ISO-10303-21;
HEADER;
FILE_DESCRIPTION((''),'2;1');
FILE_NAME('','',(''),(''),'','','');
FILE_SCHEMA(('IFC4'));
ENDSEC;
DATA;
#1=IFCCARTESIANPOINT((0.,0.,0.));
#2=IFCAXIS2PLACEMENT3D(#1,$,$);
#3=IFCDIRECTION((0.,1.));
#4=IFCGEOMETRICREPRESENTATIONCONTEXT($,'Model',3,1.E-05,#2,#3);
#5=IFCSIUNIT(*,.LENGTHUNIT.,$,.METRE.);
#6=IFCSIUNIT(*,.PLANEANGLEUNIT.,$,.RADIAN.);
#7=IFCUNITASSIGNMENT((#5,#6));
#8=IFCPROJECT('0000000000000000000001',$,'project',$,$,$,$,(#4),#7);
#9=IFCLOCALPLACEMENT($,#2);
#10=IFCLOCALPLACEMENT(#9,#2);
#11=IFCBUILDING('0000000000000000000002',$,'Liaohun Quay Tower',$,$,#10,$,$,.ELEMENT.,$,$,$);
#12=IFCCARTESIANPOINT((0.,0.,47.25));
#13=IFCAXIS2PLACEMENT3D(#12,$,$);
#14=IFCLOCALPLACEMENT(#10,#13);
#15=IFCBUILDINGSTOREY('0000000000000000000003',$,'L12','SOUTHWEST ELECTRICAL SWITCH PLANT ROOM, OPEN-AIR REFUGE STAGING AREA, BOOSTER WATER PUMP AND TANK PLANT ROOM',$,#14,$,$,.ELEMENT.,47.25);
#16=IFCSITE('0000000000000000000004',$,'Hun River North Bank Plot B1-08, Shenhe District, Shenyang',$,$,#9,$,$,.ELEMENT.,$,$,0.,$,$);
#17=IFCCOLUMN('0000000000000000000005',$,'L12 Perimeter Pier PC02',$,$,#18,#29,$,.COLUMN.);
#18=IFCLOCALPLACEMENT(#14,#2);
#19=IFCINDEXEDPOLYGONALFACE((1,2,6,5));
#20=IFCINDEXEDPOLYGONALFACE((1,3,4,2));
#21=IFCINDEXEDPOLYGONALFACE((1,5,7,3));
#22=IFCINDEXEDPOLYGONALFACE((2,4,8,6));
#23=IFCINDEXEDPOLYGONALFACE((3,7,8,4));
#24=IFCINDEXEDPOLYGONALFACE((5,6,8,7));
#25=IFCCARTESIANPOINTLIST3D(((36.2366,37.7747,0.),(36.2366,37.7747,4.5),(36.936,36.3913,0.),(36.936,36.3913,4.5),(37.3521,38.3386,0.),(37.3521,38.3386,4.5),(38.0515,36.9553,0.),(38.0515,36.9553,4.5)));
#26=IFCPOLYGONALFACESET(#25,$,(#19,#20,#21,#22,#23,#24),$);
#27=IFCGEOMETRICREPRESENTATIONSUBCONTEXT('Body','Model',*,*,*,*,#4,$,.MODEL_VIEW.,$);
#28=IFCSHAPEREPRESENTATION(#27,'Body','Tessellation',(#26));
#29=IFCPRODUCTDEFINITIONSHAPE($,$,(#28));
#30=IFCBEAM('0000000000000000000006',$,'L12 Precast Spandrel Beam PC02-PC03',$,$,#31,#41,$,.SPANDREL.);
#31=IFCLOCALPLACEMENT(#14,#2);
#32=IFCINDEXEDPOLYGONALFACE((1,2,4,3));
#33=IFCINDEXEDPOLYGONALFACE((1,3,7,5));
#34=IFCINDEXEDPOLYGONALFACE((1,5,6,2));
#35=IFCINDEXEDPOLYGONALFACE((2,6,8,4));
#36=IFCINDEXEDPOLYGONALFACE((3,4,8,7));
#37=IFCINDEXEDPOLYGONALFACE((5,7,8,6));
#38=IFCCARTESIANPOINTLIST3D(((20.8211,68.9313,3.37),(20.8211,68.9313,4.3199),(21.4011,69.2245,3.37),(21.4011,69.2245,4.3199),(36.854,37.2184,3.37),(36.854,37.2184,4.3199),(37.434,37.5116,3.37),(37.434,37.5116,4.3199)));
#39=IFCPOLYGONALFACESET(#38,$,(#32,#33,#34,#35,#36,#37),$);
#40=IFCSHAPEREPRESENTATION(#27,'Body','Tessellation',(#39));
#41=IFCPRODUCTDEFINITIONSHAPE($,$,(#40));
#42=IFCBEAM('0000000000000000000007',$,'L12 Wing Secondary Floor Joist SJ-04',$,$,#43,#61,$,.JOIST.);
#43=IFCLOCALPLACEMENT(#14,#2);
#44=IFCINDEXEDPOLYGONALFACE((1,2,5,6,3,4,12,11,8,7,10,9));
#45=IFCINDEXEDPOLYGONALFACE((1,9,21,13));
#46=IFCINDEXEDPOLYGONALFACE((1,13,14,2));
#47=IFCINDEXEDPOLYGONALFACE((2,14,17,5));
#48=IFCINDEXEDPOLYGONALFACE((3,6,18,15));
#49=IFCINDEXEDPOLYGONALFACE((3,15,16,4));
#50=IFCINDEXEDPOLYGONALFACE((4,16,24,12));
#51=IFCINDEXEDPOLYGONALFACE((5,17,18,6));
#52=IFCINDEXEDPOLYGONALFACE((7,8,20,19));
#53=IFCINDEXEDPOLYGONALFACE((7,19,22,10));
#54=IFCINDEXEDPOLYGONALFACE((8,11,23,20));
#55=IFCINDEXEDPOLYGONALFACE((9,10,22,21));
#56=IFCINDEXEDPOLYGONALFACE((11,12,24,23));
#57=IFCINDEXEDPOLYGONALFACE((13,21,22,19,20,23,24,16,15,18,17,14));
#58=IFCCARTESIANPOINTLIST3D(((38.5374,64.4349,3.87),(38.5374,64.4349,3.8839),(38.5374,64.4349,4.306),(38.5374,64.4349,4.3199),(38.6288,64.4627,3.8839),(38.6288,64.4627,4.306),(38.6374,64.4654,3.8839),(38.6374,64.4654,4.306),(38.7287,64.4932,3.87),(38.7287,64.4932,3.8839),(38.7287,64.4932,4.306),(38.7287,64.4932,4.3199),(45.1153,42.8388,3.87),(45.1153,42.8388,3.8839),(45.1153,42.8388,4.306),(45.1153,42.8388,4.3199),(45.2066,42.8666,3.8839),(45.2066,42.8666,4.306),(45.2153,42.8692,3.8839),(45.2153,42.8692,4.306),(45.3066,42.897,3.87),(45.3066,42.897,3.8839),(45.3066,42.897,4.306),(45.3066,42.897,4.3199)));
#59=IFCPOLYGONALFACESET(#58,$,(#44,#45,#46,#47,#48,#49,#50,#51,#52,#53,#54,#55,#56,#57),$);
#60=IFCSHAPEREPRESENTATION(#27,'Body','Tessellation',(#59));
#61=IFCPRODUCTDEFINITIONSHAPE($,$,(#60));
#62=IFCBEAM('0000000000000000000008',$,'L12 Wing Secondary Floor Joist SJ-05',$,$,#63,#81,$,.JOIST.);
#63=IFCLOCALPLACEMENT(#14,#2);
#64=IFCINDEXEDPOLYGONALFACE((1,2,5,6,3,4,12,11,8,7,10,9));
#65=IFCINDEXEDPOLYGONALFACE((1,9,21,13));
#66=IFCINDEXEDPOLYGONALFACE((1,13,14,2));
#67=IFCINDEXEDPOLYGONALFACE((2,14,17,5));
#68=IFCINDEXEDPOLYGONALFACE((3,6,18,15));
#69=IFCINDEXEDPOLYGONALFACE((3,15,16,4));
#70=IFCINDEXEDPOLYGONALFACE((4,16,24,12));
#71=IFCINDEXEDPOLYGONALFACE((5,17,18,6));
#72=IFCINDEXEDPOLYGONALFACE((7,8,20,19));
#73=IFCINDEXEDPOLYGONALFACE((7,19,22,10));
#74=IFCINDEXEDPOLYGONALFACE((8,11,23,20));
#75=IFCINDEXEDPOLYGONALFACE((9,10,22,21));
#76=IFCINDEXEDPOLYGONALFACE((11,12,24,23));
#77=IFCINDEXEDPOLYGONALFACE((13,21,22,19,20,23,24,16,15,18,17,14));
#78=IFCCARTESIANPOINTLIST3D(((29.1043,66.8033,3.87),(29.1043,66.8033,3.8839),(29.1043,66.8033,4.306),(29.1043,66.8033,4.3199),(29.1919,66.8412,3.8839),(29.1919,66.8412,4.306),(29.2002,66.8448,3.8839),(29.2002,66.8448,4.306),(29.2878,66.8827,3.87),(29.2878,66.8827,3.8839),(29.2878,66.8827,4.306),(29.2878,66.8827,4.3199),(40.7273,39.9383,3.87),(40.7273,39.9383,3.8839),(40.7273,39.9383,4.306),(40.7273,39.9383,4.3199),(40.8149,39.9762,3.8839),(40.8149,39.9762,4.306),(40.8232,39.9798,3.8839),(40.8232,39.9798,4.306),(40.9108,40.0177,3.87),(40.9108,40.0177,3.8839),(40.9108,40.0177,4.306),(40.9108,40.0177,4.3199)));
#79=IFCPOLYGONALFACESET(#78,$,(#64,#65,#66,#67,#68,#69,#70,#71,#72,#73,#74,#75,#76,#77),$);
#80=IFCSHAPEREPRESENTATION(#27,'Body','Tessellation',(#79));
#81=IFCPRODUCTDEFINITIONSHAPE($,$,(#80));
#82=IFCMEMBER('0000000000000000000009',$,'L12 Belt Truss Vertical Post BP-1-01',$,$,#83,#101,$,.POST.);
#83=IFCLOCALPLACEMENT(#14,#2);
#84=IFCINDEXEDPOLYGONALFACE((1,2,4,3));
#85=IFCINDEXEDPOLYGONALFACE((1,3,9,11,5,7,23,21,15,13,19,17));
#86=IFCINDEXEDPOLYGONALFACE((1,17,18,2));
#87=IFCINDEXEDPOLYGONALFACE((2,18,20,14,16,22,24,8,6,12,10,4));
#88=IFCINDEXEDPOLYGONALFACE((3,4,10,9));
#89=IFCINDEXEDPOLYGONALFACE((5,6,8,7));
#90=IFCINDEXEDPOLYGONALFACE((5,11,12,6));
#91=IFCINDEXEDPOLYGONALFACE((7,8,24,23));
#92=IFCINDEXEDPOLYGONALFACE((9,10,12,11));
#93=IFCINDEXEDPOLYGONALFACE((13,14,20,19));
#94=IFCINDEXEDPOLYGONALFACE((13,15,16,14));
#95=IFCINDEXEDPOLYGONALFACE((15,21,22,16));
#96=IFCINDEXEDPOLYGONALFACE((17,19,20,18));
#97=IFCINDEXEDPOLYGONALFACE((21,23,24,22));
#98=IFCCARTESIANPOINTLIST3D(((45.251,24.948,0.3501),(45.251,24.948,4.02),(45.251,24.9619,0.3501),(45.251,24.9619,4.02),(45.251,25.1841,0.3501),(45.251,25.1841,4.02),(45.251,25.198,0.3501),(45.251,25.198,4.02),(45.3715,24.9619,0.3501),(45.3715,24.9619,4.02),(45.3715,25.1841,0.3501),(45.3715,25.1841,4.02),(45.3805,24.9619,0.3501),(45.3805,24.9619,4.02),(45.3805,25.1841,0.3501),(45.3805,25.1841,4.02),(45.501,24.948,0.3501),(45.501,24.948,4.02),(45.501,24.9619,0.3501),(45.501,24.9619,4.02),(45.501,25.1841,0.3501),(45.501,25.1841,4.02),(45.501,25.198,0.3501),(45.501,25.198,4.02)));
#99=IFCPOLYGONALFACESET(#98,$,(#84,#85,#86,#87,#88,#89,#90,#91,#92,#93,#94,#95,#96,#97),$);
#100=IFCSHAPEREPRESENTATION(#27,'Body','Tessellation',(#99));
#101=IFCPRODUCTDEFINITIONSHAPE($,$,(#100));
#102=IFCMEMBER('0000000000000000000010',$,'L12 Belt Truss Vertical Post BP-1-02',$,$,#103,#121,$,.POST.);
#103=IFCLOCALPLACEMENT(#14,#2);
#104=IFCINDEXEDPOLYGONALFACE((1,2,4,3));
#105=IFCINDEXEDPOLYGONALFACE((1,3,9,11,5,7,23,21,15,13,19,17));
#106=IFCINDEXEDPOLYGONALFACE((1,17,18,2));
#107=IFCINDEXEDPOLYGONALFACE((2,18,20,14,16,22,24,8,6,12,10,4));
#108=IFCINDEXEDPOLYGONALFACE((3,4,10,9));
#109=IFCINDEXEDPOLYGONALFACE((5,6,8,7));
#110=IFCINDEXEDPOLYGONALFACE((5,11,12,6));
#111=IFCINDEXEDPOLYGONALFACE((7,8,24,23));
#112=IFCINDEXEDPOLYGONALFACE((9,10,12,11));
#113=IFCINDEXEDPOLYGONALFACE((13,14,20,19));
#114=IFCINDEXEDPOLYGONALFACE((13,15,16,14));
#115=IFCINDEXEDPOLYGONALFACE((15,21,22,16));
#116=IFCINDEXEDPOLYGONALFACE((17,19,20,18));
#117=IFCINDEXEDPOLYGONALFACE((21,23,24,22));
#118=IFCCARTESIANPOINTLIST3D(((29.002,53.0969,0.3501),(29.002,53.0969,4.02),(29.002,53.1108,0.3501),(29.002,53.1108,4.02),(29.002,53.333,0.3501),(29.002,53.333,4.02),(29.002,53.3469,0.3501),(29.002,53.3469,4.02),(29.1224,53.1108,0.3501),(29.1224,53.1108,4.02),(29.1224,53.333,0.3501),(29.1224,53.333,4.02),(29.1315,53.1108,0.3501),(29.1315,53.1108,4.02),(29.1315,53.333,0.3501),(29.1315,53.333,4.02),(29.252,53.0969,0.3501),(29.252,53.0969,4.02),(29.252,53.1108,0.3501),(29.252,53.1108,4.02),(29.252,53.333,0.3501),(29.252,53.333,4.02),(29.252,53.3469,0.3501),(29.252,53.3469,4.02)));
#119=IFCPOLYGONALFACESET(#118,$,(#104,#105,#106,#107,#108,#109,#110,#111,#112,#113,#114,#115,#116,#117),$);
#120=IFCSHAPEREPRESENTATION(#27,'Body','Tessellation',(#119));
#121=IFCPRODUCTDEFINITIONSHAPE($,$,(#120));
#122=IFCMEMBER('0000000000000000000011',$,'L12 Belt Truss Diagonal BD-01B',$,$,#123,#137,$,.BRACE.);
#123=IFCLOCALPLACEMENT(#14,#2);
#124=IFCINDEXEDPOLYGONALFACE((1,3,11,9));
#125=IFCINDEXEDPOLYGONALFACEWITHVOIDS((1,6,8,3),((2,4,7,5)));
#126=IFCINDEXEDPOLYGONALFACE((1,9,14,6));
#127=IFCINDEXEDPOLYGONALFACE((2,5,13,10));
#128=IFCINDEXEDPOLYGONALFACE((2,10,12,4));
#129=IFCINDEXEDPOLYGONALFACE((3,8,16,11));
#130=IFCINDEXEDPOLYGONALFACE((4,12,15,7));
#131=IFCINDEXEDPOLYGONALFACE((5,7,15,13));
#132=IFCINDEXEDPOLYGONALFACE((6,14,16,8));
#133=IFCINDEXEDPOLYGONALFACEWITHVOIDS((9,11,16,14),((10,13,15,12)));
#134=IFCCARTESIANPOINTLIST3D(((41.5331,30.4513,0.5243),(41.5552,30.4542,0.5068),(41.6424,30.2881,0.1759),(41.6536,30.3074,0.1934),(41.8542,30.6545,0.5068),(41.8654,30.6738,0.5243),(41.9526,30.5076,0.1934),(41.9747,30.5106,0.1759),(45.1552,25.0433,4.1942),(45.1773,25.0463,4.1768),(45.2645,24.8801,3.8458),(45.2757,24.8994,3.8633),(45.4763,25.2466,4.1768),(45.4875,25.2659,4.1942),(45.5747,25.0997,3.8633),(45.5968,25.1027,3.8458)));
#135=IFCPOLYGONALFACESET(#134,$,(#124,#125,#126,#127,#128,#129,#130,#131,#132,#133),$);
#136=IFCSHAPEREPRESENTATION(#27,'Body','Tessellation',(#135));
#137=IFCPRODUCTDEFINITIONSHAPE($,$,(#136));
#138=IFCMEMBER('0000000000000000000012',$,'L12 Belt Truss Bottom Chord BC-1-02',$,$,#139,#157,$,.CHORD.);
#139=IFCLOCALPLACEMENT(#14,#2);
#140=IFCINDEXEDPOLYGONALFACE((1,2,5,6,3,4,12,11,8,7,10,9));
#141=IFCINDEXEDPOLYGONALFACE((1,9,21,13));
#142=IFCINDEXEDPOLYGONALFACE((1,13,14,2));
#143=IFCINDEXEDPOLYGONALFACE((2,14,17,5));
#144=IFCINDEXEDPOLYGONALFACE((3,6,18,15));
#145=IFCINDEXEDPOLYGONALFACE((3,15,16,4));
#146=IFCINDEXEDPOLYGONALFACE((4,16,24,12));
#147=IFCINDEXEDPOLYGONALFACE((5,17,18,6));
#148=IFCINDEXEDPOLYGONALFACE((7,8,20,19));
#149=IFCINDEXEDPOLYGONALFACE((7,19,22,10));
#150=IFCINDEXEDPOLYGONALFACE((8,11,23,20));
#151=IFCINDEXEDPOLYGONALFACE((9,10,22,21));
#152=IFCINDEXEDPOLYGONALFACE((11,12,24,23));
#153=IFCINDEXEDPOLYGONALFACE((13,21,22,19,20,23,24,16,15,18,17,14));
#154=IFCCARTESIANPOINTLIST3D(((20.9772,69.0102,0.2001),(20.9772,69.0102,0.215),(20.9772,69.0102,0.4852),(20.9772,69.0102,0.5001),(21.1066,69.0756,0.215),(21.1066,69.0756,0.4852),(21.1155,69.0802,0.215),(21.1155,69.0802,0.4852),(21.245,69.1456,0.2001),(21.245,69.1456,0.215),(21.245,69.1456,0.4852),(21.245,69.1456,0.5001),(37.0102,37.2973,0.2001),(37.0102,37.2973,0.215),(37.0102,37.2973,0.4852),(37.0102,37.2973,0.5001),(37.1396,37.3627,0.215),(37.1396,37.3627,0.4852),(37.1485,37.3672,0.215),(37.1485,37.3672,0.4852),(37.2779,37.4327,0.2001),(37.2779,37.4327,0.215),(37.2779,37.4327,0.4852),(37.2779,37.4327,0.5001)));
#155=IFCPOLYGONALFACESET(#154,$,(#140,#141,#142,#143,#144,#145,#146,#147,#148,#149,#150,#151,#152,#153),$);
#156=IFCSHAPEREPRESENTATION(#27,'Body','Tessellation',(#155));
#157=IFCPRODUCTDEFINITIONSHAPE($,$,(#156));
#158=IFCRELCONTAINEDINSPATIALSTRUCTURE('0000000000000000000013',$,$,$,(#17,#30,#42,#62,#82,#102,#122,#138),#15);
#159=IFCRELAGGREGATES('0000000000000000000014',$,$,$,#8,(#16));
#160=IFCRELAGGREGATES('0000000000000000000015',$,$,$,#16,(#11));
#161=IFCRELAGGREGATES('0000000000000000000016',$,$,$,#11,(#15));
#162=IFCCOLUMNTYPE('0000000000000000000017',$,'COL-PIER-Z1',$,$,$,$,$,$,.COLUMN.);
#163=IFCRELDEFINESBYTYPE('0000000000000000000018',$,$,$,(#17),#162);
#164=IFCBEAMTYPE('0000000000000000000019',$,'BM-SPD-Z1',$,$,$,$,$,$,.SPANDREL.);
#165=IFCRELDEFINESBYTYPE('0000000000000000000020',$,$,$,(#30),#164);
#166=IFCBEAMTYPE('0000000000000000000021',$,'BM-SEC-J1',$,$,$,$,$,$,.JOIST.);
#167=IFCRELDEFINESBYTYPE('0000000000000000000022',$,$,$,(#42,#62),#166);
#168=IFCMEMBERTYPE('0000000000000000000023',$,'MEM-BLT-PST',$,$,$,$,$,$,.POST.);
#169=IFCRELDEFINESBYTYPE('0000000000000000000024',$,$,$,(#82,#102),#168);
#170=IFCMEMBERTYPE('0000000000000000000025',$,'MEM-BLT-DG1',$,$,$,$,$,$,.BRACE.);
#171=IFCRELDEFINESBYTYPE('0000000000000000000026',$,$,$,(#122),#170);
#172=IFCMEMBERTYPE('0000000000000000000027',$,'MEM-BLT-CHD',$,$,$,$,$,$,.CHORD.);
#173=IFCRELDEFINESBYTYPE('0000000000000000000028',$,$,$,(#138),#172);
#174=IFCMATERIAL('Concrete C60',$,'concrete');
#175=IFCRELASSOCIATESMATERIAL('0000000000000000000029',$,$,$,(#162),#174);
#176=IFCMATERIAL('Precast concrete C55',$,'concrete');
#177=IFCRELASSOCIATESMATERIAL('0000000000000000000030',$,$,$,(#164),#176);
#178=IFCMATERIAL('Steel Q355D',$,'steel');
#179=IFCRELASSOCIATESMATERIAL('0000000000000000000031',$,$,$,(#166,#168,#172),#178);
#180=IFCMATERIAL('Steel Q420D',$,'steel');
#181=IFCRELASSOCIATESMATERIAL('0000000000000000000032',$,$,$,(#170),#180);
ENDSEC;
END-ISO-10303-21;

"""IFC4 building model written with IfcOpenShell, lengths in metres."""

from ifc_helpers import new_model, si_unit, direction, frame, origin, origin_2d, place, context, subcontext, project, spatial, rectangle, hollow_rectangle, i_section, extrude, source, transform, mapped, material, material_profile, profile_set, type_object, element, save


model = new_model("IFC4")

# Units and contexts
model_context = context("Model", 3, precision=1e-05, world=origin(), true_north=direction((0.0, 1.0)))
body_context = subcontext(model_context, "Body", "Model", "MODEL_VIEW")
ifc_project = project(units=[si_unit("LENGTHUNIT", "METRE"), si_unit("PLANEANGLEUNIT", "RADIAN")], contexts=[model_context])

# Site, building, storey
site_placement = place(None, origin())
site = spatial("IfcSite", under=ifc_project, at=site_placement, Name="Hun River North Bank Plot B1-08, Shenhe District, Shenyang", CompositionType="ELEMENT", RefElevation=0.0)
building_placement = place(site_placement, origin())
building = spatial("IfcBuilding", under=site, at=building_placement, Name="Liaohun Quay Tower", CompositionType="ELEMENT")
storey_placement = place(building_placement, frame((0.0, 0.0, 47.25)))
storey = spatial("IfcBuildingStorey", under=building, at=storey_placement, Name="L12", Description="SOUTHWEST ELECTRICAL SWITCH PLANT ROOM, OPEN-AIR REFUGE STAGING AREA, BOOSTER WATER PUMP AND TANK PLANT ROOM", CompositionType="ELEMENT", Elevation=47.25)

# Column
ifc_material_1 = material(Name="Concrete C60", Category="concrete")
ifc_material_profile_1 = material_profile(ifc_material_1, rectangle(XDim=1.55, YDim=1.25, at=origin_2d()), Name="RC1550x1250")
ifc_profile_set_1 = profile_set([ifc_material_profile_1], Name="Concrete C60")
column_type = type_object("IfcColumnType", Name="COL-PIER-Z1", PredefinedType="COLUMN", material=ifc_profile_set_1)
shared_shape_1 = source(origin(), body_context, "Body", "SweptSolid", [
    extrude(rectangle(XDim=1.55, YDim=1.25, at=origin_2d()), origin(), (0.0, 0.0, 1.0), 4.5),
])
column_placement = place(storey_placement, frame((37.144, 37.365, 0.0), z_axis=(0.0, 0.0, 1.0), x_axis=(-0.451189, 0.892428, 0.0)))
element("IfcColumn", 1, at=column_placement, inside=storey, type_object=column_type, Name="L12 Perimeter Pier PC02", PredefinedType="COLUMN", context=body_context, shape_type="MappedRepresentation", body=[
    mapped(shared_shape_1, transform((0.0, 0.0, 0.0), x_axis=(1.0, 0.0, 0.0), y_axis=(0.0, 1.0, 0.0), z_axis=(0.0, 0.0, 1.0), scale=1.0)),
])

# Beams
ifc_material_2 = material(Name="Precast concrete C55", Category="concrete")
ifc_material_profile_2 = material_profile(ifc_material_2, rectangle(XDim=0.6499, YDim=0.95, at=origin_2d()), Name="RC650x950")
ifc_profile_set_2 = profile_set([ifc_material_profile_2], Name="Precast concrete C55")
beam_type_1 = type_object("IfcBeamType", Name="BM-SPD-Z1", PredefinedType="SPANDREL", material=ifc_profile_set_2)
shared_shape_2 = source(origin(), body_context, "Body", "SweptSolid", [
    extrude(rectangle(XDim=0.6499, YDim=0.95, at=origin_2d()), origin(), (0.0, 0.0, 1.0), 35.5354),
])
beam_1_placement = place(storey_placement, frame((37.144, 37.365, 3.845), z_axis=(-0.451183, 0.892431, 0.0), x_axis=(-0.892431, -0.451183, 0.0)))
element("IfcBeam", 2, at=beam_1_placement, inside=storey, type_object=beam_type_1, Name="L12 Precast Spandrel Beam PC02-PC03", PredefinedType="SPANDREL", context=body_context, shape_type="MappedRepresentation", body=[
    mapped(shared_shape_2, transform((0.0, 0.0, 0.0), x_axis=(1.0, 0.0, 0.0), y_axis=(0.0, 1.0, 0.0), z_axis=(0.0, 0.0, 1.0), scale=1.0)),
])
ifc_material_3 = material(Name="Steel Q355D", Category="steel")
ifc_material_profile_3 = material_profile(ifc_material_3, i_section(OverallWidth=0.2, OverallDepth=0.45, WebThickness=0.009, FlangeThickness=0.0139, at=origin_2d()), Name="HN450x200x9x14")
ifc_profile_set_3 = profile_set([ifc_material_profile_3], Name="Steel Q355D")
beam_type_2 = type_object("IfcBeamType", Name="BM-SEC-J1", PredefinedType="JOIST", material=ifc_profile_set_3)
shared_shape_3 = source(origin(), body_context, "Body", "SweptSolid", [
    extrude(i_section(OverallWidth=0.2, OverallDepth=0.45, WebThickness=0.009, FlangeThickness=0.0139, at=origin_2d()), origin(), (0.0, 0.0, 1.0), 22.5757),
])
beam_2_placement = place(storey_placement, frame((45.2109, 42.8679, 4.095), z_axis=(-0.291369, 0.956611, 0.0), x_axis=(-0.956611, -0.291369, 0.0)))
element("IfcBeam", 3, at=beam_2_placement, inside=storey, type_object=beam_type_2, Name="L12 Wing Secondary Floor Joist SJ-04", PredefinedType="JOIST", context=body_context, shape_type="MappedRepresentation", body=[
    mapped(shared_shape_3, transform((0.0, 0.0, 0.0), x_axis=(1.0, 0.0, 0.0), y_axis=(0.0, 1.0, 0.0), z_axis=(0.0, 0.0, 1.0), scale=1.0)),
])
shared_shape_4 = source(origin(), body_context, "Body", "SweptSolid", [
    extrude(i_section(OverallWidth=0.2, OverallDepth=0.45, WebThickness=0.009, FlangeThickness=0.0139, at=origin_2d()), origin(), (0.0, 0.0, 1.0), 29.2715),
])
beam_3_placement = place(storey_placement, frame((40.8191, 39.978, 4.095), z_axis=(-0.397077, 0.917785, 0.0), x_axis=(-0.917785, -0.397077, 0.0)))
element("IfcBeam", 4, at=beam_3_placement, inside=storey, type_object=beam_type_2, Name="L12 Wing Secondary Floor Joist SJ-05", PredefinedType="JOIST", context=body_context, shape_type="MappedRepresentation", body=[
    mapped(shared_shape_4, transform((0.0, 0.0, 0.0), x_axis=(1.0, 0.0, 0.0), y_axis=(0.0, 1.0, 0.0), z_axis=(0.0, 0.0, 1.0), scale=1.0)),
])

# Members
ifc_material_profile_4 = material_profile(ifc_material_3, i_section(OverallWidth=0.25, OverallDepth=0.25, WebThickness=0.009, FlangeThickness=0.0139, at=origin_2d()), Name="HW250x250x9x14")
ifc_profile_set_4 = profile_set([ifc_material_profile_4], Name="Steel Q355D")
member_type_1 = type_object("IfcMemberType", Name="MEM-BLT-PST", PredefinedType="POST", material=ifc_profile_set_4)
shared_shape_5 = source(origin(), body_context, "Body", "SweptSolid", [
    extrude(i_section(OverallWidth=0.25, OverallDepth=0.25, WebThickness=0.009, FlangeThickness=0.0139, at=origin_2d()), origin(), (0.0, 0.0, 1.0), 3.6699),
])
for number, where, z_axis, x_axis, name in (
    (5, (45.376, 25.073, 0.3501), (0.0, 0.0, 1.0), (1.0, 0.0, 0.0), "L12 Belt Truss Vertical Post BP-1-01"),
    (6, (29.127, 53.2219, 0.3501), (0.0, 0.0, 1.0), (1.0, 0.0, 0.0), "L12 Belt Truss Vertical Post BP-1-02"),
):
    element("IfcMember", number, at=place(storey_placement, frame(where, z_axis=z_axis, x_axis=x_axis)), inside=storey, type_object=member_type_1, Name=name, PredefinedType="POST", context=body_context, shape_type="MappedRepresentation", body=[
        mapped(shared_shape_5, transform((0.0, 0.0, 0.0), x_axis=(1.0, 0.0, 0.0), y_axis=(0.0, 1.0, 0.0), z_axis=(0.0, 0.0, 1.0), scale=1.0)),
    ])
ifc_material_4 = material(Name="Steel Q420D", Category="steel")
ifc_material_profile_5 = material_profile(ifc_material_4, hollow_rectangle(XDim=0.3999, YDim=0.3999, WallThickness=0.02, at=origin_2d()), Name="SHS400x400x20")
ifc_profile_set_5 = profile_set([ifc_material_profile_5], Name="Steel Q420D")
member_type_2 = type_object("IfcMemberType", Name="MEM-BLT-DG1", PredefinedType="BRACE", material=ifc_profile_set_5)
shared_shape_6 = source(origin(), body_context, "Body", "SweptSolid", [
    extrude(hollow_rectangle(XDim=0.3999, YDim=0.3999, WallThickness=0.02, at=origin_2d()), origin(), (0.0, 0.0, 1.0), 7.4722),
])
member_1_placement = place(storey_placement, frame((45.376, 25.073, 4.02), z_axis=(-0.48474, 0.723744, -0.491144), x_axis=(-0.83086, -0.556482, 0.0)))
element("IfcMember", 7, at=member_1_placement, inside=storey, type_object=member_type_2, Name="L12 Belt Truss Diagonal BD-01B", PredefinedType="BRACE", context=body_context, shape_type="MappedRepresentation", body=[
    mapped(shared_shape_6, transform((0.0, 0.0, 0.0), x_axis=(1.0, 0.0, 0.0), y_axis=(0.0, 1.0, 0.0), z_axis=(0.0, 0.0, 1.0), scale=1.0)),
])
ifc_material_profile_6 = material_profile(ifc_material_3, i_section(OverallWidth=0.3, OverallDepth=0.3, WebThickness=0.01, FlangeThickness=0.0149, at=origin_2d()), Name="HW300x300x10x15")
ifc_profile_set_6 = profile_set([ifc_material_profile_6], Name="Steel Q355D")
member_type_3 = type_object("IfcMemberType", Name="MEM-BLT-CHD", PredefinedType="CHORD", material=ifc_profile_set_6)
shared_shape_7 = source(origin(), body_context, "Body", "SweptSolid", [
    extrude(i_section(OverallWidth=0.3, OverallDepth=0.3, WebThickness=0.01, FlangeThickness=0.0149, at=origin_2d()), origin(), (0.0, 0.0, 1.0), 35.5354),
])
member_2_placement = place(storey_placement, frame((37.144, 37.365, 0.3501), z_axis=(-0.451183, 0.892431, 0.0), x_axis=(-0.892431, -0.451183, 0.0)))
element("IfcMember", 8, at=member_2_placement, inside=storey, type_object=member_type_3, Name="L12 Belt Truss Bottom Chord BC-1-02", PredefinedType="CHORD", context=body_context, shape_type="MappedRepresentation", body=[
    mapped(shared_shape_7, transform((0.0, 0.0, 0.0), x_axis=(1.0, 0.0, 0.0), y_axis=(0.0, 1.0, 0.0), z_axis=(0.0, 0.0, 1.0), scale=1.0)),
])

save(model, "model.ifc")
